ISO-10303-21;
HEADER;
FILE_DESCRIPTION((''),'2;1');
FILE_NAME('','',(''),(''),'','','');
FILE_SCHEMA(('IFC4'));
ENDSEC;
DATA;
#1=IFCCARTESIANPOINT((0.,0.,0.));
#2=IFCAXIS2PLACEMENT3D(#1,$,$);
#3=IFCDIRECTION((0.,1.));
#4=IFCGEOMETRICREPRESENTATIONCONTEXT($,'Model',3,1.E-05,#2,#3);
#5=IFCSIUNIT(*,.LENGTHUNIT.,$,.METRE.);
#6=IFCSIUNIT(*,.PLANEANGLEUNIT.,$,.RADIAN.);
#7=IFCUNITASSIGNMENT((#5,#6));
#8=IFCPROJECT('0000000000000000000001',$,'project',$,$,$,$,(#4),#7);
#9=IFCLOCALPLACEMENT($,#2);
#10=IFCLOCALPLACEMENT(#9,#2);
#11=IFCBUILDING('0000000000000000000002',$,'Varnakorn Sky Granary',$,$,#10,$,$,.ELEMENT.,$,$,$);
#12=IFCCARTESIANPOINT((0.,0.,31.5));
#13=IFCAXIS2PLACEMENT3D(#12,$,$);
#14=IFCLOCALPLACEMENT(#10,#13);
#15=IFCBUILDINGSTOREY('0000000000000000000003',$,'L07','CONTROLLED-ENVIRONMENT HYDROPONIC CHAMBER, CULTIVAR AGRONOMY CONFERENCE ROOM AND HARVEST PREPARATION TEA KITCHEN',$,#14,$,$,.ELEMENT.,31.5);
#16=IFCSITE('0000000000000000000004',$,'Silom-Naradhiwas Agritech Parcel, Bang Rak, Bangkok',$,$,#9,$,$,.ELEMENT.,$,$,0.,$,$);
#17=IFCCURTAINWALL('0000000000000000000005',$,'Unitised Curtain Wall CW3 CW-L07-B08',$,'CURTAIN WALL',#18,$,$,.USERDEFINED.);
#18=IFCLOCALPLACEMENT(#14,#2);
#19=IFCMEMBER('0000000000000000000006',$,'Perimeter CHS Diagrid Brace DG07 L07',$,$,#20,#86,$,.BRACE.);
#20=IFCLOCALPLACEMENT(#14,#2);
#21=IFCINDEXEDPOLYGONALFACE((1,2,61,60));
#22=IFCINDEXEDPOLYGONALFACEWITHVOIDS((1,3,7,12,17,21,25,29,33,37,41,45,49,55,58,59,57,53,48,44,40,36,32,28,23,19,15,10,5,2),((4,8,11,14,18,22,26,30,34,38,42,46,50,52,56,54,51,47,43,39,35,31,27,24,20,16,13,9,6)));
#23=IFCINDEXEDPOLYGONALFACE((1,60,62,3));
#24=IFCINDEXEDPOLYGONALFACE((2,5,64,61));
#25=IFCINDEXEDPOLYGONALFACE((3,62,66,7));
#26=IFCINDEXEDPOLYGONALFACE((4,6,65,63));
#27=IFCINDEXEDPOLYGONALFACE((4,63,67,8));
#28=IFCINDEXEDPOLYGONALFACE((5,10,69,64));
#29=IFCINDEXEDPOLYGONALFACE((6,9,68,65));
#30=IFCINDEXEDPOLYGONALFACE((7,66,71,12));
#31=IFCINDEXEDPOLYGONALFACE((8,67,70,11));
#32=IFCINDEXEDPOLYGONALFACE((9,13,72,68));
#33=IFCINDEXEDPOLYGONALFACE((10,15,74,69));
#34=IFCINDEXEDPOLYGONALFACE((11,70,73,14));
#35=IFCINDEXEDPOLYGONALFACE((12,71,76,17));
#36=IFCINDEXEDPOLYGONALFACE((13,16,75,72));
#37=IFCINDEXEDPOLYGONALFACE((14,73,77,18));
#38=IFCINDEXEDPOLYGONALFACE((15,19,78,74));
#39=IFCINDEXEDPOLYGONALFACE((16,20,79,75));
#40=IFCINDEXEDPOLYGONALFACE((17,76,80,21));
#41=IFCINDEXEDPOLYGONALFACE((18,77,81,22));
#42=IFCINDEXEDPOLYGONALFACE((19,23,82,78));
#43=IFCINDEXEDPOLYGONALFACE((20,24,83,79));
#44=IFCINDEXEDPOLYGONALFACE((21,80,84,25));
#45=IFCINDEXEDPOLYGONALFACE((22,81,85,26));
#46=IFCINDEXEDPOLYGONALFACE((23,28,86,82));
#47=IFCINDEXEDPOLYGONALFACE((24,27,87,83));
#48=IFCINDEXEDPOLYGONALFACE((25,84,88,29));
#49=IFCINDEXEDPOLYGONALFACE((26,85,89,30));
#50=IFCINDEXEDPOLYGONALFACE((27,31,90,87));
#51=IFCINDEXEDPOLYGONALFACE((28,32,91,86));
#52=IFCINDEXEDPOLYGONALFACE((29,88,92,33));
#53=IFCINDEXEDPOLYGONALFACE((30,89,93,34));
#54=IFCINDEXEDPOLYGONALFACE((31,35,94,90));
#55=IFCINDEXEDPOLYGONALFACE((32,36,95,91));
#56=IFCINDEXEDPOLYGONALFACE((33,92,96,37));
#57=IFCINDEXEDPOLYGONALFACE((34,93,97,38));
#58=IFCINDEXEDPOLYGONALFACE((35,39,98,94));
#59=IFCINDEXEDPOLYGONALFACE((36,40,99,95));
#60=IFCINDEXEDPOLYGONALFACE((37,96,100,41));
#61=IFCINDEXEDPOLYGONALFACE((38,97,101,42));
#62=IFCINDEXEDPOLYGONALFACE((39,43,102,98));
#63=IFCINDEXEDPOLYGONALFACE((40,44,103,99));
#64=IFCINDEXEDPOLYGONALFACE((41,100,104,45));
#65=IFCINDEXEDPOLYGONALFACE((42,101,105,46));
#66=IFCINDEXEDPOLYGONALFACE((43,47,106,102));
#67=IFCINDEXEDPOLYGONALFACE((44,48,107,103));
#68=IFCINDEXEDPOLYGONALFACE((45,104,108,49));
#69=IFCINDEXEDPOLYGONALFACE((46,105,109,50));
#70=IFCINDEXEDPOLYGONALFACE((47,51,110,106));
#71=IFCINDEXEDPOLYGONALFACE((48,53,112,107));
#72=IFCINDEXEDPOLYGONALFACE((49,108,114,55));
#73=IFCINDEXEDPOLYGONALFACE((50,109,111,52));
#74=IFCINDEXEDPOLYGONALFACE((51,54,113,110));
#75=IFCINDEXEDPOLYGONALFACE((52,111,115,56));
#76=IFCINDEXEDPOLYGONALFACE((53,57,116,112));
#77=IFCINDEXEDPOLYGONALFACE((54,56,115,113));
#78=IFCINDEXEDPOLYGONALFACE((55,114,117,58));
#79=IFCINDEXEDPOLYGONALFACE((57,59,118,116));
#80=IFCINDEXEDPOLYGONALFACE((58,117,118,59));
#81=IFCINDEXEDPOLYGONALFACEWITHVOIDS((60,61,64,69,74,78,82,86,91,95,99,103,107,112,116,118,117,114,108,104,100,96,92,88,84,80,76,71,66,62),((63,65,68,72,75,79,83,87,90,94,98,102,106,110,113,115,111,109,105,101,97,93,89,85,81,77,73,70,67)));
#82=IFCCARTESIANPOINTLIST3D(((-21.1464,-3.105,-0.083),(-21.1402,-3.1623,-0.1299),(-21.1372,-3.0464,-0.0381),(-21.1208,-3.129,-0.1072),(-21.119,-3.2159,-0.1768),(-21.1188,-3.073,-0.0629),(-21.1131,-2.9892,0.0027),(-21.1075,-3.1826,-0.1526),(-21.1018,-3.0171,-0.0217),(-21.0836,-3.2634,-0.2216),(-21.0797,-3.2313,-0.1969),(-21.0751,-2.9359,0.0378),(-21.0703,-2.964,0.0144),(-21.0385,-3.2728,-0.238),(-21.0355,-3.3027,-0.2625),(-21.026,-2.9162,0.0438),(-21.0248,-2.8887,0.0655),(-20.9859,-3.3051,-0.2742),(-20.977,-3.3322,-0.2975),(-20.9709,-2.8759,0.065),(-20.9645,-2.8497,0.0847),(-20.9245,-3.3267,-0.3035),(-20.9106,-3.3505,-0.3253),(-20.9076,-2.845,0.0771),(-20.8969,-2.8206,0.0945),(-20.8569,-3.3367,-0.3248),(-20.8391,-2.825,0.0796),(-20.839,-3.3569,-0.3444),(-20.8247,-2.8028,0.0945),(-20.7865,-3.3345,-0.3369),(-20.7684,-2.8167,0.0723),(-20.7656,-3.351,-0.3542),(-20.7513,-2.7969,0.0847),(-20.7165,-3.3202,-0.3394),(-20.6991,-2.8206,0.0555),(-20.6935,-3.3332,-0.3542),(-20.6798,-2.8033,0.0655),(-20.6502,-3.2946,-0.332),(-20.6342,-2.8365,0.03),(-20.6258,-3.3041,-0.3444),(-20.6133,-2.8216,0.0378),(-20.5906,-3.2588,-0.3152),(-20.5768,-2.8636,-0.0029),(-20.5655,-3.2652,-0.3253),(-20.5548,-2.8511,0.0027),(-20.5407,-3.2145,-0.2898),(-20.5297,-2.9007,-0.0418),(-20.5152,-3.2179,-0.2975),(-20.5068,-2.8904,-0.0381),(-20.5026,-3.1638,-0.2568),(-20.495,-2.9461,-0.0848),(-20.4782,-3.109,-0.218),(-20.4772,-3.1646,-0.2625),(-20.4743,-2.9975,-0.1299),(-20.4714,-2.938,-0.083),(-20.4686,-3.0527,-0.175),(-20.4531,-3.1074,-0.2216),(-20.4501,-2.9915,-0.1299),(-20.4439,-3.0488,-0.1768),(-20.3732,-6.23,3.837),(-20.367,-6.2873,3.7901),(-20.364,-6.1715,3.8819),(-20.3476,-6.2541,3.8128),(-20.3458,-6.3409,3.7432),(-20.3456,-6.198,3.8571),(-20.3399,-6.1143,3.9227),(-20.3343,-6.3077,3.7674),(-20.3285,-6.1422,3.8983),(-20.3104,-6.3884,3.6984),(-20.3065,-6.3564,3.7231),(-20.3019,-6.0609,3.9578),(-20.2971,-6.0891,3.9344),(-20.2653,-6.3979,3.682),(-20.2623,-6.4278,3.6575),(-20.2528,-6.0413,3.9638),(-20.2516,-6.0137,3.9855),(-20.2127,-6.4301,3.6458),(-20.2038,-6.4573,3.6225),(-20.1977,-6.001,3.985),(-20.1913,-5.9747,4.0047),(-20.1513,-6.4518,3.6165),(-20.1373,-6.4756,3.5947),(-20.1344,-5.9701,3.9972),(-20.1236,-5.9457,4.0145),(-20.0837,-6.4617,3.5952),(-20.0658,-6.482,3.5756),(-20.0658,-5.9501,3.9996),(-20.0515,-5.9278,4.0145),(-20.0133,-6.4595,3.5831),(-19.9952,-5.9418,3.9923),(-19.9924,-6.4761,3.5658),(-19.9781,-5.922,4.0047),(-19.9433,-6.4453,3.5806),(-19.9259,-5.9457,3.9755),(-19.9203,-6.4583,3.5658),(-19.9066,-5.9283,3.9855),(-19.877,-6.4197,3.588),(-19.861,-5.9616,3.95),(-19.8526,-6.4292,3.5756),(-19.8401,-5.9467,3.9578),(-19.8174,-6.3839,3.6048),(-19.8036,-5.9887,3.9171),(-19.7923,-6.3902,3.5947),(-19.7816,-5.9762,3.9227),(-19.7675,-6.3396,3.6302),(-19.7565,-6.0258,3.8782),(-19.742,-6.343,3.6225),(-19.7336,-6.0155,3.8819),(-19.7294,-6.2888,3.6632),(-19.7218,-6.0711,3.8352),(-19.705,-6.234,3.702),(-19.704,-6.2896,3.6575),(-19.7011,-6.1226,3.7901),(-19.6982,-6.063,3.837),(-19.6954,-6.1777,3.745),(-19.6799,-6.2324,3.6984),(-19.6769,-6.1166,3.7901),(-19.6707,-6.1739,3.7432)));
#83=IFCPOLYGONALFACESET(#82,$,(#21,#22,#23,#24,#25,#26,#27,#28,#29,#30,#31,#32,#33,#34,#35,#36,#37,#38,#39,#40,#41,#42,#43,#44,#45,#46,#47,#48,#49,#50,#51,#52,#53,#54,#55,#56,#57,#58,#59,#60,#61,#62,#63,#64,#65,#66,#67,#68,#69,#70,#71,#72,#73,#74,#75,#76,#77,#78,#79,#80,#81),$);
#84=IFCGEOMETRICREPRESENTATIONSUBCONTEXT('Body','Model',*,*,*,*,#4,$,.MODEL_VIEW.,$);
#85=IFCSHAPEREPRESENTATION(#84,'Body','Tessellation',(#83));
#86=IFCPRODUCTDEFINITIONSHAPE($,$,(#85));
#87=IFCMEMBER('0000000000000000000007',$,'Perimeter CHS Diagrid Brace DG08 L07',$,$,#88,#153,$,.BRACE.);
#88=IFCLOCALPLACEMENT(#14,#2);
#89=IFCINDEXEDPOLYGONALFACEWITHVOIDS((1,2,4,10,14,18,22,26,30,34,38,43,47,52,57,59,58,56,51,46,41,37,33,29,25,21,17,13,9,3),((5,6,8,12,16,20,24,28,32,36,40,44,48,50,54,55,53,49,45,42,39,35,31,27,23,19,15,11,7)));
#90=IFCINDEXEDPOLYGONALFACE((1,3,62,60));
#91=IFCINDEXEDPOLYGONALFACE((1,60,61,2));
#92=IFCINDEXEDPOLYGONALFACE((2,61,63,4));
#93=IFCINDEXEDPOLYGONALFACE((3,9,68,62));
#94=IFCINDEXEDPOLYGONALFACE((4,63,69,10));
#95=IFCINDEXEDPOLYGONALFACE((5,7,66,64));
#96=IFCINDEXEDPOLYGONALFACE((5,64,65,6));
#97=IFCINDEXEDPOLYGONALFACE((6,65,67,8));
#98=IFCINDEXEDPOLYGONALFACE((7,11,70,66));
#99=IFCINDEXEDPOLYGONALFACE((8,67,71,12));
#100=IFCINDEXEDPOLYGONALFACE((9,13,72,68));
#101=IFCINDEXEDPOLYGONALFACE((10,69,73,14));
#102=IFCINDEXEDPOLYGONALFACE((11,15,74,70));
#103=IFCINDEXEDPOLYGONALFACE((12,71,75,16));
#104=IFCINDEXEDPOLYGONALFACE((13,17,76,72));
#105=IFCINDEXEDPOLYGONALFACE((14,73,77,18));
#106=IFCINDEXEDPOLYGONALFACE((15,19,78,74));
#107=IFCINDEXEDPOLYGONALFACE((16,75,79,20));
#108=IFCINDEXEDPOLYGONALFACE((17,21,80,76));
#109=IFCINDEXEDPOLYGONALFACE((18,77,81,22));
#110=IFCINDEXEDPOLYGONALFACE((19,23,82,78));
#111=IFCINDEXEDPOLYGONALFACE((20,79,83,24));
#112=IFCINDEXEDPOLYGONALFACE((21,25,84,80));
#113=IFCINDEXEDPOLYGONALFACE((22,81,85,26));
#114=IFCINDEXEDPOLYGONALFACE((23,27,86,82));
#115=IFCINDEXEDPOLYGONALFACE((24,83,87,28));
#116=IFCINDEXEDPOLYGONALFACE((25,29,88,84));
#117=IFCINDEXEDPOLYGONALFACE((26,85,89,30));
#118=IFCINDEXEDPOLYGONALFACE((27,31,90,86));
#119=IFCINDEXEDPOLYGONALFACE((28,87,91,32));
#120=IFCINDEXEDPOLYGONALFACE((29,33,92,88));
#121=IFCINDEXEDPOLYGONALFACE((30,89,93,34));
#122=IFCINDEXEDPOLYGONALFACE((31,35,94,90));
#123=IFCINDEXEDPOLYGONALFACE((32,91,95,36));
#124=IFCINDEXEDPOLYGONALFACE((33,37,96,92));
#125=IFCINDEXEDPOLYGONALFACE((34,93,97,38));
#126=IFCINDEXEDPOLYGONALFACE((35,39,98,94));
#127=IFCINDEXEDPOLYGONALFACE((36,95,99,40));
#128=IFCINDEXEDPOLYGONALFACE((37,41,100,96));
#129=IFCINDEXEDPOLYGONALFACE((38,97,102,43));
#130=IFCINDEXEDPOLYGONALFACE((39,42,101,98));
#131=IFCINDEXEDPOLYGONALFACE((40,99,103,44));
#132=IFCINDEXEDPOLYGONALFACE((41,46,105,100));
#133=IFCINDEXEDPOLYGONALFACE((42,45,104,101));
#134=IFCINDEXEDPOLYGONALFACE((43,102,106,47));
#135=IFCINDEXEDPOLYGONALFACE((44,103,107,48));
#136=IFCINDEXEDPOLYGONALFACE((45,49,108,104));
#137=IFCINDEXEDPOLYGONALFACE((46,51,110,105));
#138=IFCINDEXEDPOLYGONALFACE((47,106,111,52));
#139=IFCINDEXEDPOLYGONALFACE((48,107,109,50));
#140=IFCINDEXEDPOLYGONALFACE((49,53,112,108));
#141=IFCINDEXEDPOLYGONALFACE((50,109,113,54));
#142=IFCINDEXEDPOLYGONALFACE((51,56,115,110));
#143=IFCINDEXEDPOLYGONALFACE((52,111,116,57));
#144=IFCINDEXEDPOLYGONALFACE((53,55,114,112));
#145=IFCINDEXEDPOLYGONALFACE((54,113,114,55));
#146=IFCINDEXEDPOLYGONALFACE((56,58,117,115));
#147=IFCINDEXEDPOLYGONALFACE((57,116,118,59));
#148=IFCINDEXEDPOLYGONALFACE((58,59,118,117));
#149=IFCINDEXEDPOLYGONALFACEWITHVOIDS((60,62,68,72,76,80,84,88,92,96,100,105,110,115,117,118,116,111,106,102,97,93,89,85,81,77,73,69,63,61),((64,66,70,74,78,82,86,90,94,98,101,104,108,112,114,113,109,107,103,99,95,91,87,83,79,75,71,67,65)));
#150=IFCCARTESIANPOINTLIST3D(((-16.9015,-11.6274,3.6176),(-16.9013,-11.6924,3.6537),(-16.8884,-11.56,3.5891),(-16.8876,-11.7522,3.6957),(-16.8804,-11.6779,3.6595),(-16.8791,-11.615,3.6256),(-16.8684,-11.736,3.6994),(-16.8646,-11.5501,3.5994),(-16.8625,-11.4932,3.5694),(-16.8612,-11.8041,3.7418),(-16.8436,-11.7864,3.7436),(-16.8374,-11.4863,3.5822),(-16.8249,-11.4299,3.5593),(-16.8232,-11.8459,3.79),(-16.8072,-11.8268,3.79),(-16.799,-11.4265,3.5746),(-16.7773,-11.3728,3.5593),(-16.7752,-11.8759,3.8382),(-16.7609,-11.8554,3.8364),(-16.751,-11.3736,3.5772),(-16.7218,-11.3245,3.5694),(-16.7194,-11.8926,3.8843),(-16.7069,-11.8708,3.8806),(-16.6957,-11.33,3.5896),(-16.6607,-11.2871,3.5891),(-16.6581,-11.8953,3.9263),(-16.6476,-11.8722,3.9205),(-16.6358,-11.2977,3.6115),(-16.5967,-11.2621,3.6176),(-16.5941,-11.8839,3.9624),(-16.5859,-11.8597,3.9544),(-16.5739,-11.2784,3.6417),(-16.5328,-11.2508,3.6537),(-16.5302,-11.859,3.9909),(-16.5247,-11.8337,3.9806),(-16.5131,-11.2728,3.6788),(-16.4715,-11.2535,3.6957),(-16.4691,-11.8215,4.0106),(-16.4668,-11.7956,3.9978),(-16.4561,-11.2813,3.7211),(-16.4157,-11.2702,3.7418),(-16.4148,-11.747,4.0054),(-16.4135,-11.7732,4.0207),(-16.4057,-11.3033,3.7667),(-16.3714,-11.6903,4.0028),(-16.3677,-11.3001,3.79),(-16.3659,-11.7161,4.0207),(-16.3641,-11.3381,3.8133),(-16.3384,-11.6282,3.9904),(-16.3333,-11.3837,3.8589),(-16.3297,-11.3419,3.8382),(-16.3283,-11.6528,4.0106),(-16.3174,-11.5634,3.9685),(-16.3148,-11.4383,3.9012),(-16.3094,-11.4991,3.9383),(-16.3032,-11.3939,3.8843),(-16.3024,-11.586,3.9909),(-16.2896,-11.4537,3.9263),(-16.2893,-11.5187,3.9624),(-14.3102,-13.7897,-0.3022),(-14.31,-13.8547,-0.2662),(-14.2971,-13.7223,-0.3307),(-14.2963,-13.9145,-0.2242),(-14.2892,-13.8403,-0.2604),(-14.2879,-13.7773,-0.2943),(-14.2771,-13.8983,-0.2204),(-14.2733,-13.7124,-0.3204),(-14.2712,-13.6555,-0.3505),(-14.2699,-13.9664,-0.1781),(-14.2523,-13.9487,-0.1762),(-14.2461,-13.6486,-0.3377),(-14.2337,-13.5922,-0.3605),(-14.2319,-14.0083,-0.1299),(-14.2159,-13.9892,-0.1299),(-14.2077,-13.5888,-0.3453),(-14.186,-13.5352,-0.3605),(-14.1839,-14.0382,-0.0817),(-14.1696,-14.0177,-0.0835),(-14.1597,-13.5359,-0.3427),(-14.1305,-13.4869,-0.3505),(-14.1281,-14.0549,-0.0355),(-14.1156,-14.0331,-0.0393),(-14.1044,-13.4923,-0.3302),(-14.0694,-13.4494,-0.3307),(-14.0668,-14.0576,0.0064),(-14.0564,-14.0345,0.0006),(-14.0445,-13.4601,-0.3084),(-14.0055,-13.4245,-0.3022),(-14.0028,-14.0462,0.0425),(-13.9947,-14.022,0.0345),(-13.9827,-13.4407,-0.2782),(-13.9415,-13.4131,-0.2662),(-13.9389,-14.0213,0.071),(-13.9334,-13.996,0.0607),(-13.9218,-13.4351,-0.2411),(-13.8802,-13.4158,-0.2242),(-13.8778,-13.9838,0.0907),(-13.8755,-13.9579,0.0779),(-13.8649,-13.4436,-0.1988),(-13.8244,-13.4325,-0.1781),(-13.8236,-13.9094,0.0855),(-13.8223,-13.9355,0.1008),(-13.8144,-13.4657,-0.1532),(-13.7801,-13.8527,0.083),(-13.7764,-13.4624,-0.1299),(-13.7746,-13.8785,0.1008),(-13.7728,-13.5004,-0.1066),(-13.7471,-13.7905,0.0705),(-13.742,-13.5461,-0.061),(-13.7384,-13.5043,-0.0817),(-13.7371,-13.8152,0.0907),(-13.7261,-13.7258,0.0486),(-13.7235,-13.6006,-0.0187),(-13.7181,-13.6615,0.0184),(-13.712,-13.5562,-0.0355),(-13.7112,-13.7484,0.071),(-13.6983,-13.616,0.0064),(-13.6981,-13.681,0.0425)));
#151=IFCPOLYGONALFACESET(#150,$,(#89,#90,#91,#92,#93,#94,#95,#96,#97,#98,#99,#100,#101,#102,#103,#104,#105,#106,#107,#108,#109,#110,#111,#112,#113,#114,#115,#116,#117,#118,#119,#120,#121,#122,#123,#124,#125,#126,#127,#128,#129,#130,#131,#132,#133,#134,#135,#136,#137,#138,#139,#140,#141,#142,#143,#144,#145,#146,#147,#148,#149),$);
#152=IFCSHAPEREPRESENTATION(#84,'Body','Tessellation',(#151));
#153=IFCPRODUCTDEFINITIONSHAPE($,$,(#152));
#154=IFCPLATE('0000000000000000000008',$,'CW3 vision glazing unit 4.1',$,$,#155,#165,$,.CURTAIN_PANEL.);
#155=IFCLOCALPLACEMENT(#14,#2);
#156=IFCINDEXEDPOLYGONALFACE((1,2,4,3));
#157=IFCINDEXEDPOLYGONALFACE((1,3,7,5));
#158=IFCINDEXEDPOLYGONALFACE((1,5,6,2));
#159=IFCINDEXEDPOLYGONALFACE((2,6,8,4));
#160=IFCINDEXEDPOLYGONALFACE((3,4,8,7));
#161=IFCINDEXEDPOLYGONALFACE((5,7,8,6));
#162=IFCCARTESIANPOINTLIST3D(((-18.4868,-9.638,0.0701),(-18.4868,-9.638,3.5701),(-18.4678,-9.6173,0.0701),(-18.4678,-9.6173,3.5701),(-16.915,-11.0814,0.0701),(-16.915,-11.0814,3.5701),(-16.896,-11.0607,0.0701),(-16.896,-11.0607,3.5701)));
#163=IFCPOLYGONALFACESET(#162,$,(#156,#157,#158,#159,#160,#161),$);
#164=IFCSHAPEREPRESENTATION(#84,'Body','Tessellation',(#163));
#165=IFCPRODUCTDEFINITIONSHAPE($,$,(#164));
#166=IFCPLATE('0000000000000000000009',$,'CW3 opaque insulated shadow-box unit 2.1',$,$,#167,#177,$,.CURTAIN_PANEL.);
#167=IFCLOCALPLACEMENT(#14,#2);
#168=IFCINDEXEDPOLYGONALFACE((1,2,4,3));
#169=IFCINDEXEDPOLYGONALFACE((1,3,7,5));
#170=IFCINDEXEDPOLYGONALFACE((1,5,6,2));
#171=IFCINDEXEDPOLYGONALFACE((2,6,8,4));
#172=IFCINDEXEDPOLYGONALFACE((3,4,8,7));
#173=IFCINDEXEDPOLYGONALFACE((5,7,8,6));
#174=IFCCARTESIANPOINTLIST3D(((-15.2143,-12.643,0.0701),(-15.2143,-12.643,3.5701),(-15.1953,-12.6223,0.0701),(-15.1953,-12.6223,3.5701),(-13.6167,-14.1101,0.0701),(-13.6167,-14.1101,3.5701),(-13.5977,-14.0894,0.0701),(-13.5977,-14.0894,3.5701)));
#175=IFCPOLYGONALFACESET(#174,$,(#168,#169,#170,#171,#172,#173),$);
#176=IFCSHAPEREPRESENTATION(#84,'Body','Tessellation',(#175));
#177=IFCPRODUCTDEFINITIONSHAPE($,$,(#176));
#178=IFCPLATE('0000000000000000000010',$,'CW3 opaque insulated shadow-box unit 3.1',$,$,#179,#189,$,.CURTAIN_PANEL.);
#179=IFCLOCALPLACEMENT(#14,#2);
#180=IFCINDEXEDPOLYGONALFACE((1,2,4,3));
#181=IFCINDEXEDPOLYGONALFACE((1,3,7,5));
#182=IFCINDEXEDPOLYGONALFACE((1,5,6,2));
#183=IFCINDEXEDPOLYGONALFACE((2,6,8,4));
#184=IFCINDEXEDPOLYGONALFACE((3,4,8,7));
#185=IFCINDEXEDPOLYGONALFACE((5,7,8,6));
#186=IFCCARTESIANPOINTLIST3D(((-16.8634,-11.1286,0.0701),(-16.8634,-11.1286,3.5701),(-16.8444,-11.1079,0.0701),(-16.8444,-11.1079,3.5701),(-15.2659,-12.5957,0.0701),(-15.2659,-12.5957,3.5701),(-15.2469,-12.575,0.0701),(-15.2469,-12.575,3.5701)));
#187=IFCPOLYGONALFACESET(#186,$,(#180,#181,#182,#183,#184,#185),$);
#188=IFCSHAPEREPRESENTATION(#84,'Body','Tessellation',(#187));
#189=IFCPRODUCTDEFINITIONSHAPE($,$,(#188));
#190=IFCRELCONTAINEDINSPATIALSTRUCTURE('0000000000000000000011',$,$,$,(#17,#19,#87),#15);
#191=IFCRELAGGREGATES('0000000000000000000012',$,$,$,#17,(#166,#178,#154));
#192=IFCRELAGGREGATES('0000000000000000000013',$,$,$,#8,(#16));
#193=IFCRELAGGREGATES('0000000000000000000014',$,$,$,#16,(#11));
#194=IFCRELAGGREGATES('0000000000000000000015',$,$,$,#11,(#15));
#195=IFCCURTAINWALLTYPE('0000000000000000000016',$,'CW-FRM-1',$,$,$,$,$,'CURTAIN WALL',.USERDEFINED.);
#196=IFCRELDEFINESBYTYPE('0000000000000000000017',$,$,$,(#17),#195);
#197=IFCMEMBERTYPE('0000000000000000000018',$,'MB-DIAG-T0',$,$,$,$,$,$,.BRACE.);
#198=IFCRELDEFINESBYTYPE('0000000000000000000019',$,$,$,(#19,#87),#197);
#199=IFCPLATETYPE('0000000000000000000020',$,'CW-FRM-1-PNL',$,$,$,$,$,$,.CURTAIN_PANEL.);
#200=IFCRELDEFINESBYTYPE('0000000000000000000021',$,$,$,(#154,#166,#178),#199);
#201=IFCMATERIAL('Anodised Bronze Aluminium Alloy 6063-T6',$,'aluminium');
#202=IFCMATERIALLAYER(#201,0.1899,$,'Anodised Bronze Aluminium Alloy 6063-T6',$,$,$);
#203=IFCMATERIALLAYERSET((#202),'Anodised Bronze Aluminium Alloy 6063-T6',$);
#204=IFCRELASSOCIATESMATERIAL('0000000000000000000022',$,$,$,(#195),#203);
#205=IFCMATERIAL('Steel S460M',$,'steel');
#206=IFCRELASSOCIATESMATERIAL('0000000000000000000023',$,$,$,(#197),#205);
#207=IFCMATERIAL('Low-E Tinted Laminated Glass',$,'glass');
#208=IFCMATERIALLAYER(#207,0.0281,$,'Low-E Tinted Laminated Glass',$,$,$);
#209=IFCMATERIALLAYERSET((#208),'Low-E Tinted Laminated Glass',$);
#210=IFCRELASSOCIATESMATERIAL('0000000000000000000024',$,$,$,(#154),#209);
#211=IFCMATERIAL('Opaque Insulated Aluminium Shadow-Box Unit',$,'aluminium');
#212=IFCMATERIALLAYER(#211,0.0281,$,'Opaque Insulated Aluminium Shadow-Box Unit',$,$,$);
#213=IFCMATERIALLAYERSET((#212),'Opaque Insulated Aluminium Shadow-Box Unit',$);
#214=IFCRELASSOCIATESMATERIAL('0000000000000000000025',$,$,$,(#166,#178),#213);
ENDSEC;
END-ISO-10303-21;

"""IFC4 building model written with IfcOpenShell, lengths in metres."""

from ifc_helpers import new_model, si_unit, direction, frame, origin, origin_2d, place, context, subcontext, project, spatial, rectangle, hollow_circle, extrude, source, transform, mapped, material, layer, layer_set, material_profile, profile_set, type_object, element, aggregate, save


model = new_model("IFC4")

# Units and contexts
model_context = context("Model", 3, precision=1e-05, world=origin(), true_north=direction((0.0, 1.0)))
body_context = subcontext(model_context, "Body", "Model", "MODEL_VIEW")
ifc_project = project(units=[si_unit("LENGTHUNIT", "METRE"), si_unit("PLANEANGLEUNIT", "RADIAN")], contexts=[model_context])

# Site, building, storey
site_placement = place(None, origin())
site = spatial("IfcSite", under=ifc_project, at=site_placement, Name="Silom-Naradhiwas Agritech Parcel, Bang Rak, Bangkok", CompositionType="ELEMENT", RefElevation=0.0)
building_placement = place(site_placement, origin())
building = spatial("IfcBuilding", under=site, at=building_placement, Name="Varnakorn Sky Granary", CompositionType="ELEMENT")
storey_placement = place(building_placement, frame((0.0, 0.0, 31.5)))
storey = spatial("IfcBuildingStorey", under=building, at=storey_placement, Name="L07", Description="CONTROLLED-ENVIRONMENT HYDROPONIC CHAMBER, CULTIVAR AGRONOMY CONFERENCE ROOM AND HARVEST PREPARATION TEA KITCHEN", CompositionType="ELEMENT", Elevation=31.5)

# Shared definitions
ifc_material_1 = material(Name="Steel S460M", Category="steel")

# Curtain wall
ifc_material_2 = material(Name="Anodised Bronze Aluminium Alloy 6063-T6", Category="aluminium")
ifc_layer_1 = layer(ifc_material_2, 0.1899, Name="Anodised Bronze Aluminium Alloy 6063-T6")
ifc_layer_set_1 = layer_set([ifc_layer_1], Name="Anodised Bronze Aluminium Alloy 6063-T6")
curtain_wall_type = type_object("IfcCurtainWallType", Name="CW-FRM-1", ElementType="CURTAIN WALL", PredefinedType="USERDEFINED", material=ifc_layer_set_1)
curtain_wall_1_placement = place(storey_placement, origin())
curtain_wall_1 = element("IfcCurtainWall", 1, at=curtain_wall_1_placement, inside=storey, type_object=curtain_wall_type, Name="Unitised Curtain Wall CW3 CW-L07-B08", ObjectType="CURTAIN WALL", PredefinedType="USERDEFINED")

# Members
ifc_material_profile_1 = material_profile(ifc_material_1, hollow_circle(Radius=0.3555, WallThickness=0.0249, at=origin_2d()), Name="CHS 711x25")
ifc_profile_set_1 = profile_set([ifc_material_profile_1], Name="Steel S460M")
member_type_1 = type_object("IfcMemberType", Name="MB-DIAG-T0", PredefinedType="BRACE", material=ifc_profile_set_1)
member_1_placement = place(storey_placement, frame((-20.7952, -3.0769, -0.1299), z_axis=(0.152431, -0.616079, 0.772794), x_axis=(0.970729, 0.240179, 0.0)))
element("IfcMember", 2, at=member_1_placement, inside=storey, type_object=member_type_1, Name="Perimeter CHS Diagrid Brace DG07 L07", PredefinedType="BRACE", context=body_context, shape_type="SweptSolid", body=[
    extrude(hollow_circle(Radius=0.3555, WallThickness=0.0249, at=origin_2d()), origin(), (0.0, 0.0, 1.0), 5.0725),
])
member_2_placement = place(storey_placement, frame((-14.0042, -13.7354, -0.1299), z_axis=(-0.500962, 0.418035, 0.757815), x_axis=(-0.640697, -0.767794, 0.0)))
element("IfcMember", 3, at=member_2_placement, inside=storey, type_object=member_type_1, Name="Perimeter CHS Diagrid Brace DG08 L07", PredefinedType="BRACE", context=body_context, shape_type="SweptSolid", body=[
    extrude(hollow_circle(Radius=0.3555, WallThickness=0.0249, at=origin_2d()), origin(), (0.0, 0.0, 1.0), 5.1726),
])

# Plates
ifc_material_3 = material(Name="Low-E Tinted Laminated Glass", Category="glass")
ifc_layer_2 = layer(ifc_material_3, 0.0281, Name="Low-E Tinted Laminated Glass")
ifc_layer_set_2 = layer_set([ifc_layer_2], Name="Low-E Tinted Laminated Glass")
plate_type = type_object("IfcPlateType", Name="CW-FRM-1-PNL", PredefinedType="CURTAIN_PANEL")
shared_shape_1 = source(origin(), body_context, "Body", "SweptSolid", [
    extrude(rectangle(XDim=2.134, YDim=0.0281, at=origin_2d()), origin(), (0.0, 0.0, 1.0), 3.5),
])
plate_1_placement = place(storey_placement, frame((-17.6914, -10.3494, 0.0701), z_axis=(0.0, 0.0, 1.0), x_axis=(-0.736547, 0.676387, 0.0)))
plate_1 = element("IfcPlate", 4, at=plate_1_placement, type_object=plate_type, material=ifc_layer_set_2, Name="CW3 vision glazing unit 4.1", PredefinedType="CURTAIN_PANEL", context=body_context, shape_type="MappedRepresentation", body=[
    mapped(shared_shape_1, transform((0.0, 0.0, 0.0), x_axis=(1.0, 0.0, 0.0), y_axis=(0.0, 1.0, 0.0), z_axis=(0.0, 0.0, 1.0), scale=1.0)),
])
ifc_material_4 = material(Name="Opaque Insulated Aluminium Shadow-Box Unit", Category="aluminium")
ifc_layer_3 = layer(ifc_material_4, 0.0281, Name="Opaque Insulated Aluminium Shadow-Box Unit")
ifc_layer_set_3 = layer_set([ifc_layer_3], Name="Opaque Insulated Aluminium Shadow-Box Unit")
shared_shape_2 = source(origin(), body_context, "Body", "SweptSolid", [
    extrude(rectangle(XDim=2.1689, YDim=0.0281, at=origin_2d()), origin(), (0.0, 0.0, 1.0), 3.5),
])
plate_2_placement = place(storey_placement, frame((-14.406, -13.3662, 0.0701), z_axis=(0.0, 0.0, 1.0), x_axis=(-0.736547, 0.676387, 0.0)))
plate_2 = element("IfcPlate", 5, at=plate_2_placement, type_object=plate_type, material=ifc_layer_set_3, Name="CW3 opaque insulated shadow-box unit 2.1", PredefinedType="CURTAIN_PANEL", context=body_context, shape_type="MappedRepresentation", body=[
    mapped(shared_shape_2, transform((0.0, 0.0, 0.0), x_axis=(1.0, 0.0, 0.0), y_axis=(0.0, 1.0, 0.0), z_axis=(0.0, 0.0, 1.0), scale=1.0)),
])
plate_3_placement = place(storey_placement, frame((-16.0552, -11.8518, 0.0701), z_axis=(0.0, 0.0, 1.0), x_axis=(-0.736547, 0.676387, 0.0)))
plate_3 = element("IfcPlate", 6, at=plate_3_placement, type_object=plate_type, material=ifc_layer_set_3, Name="CW3 opaque insulated shadow-box unit 3.1", PredefinedType="CURTAIN_PANEL", context=body_context, shape_type="MappedRepresentation", body=[
    mapped(shared_shape_2, transform((0.0, 0.0, 0.0), x_axis=(1.0, 0.0, 0.0), y_axis=(0.0, 1.0, 0.0), z_axis=(0.0, 0.0, 1.0), scale=1.0)),
])
aggregate(curtain_wall_1, [plate_2, plate_3, plate_1])

save(model, "model.ifc")
